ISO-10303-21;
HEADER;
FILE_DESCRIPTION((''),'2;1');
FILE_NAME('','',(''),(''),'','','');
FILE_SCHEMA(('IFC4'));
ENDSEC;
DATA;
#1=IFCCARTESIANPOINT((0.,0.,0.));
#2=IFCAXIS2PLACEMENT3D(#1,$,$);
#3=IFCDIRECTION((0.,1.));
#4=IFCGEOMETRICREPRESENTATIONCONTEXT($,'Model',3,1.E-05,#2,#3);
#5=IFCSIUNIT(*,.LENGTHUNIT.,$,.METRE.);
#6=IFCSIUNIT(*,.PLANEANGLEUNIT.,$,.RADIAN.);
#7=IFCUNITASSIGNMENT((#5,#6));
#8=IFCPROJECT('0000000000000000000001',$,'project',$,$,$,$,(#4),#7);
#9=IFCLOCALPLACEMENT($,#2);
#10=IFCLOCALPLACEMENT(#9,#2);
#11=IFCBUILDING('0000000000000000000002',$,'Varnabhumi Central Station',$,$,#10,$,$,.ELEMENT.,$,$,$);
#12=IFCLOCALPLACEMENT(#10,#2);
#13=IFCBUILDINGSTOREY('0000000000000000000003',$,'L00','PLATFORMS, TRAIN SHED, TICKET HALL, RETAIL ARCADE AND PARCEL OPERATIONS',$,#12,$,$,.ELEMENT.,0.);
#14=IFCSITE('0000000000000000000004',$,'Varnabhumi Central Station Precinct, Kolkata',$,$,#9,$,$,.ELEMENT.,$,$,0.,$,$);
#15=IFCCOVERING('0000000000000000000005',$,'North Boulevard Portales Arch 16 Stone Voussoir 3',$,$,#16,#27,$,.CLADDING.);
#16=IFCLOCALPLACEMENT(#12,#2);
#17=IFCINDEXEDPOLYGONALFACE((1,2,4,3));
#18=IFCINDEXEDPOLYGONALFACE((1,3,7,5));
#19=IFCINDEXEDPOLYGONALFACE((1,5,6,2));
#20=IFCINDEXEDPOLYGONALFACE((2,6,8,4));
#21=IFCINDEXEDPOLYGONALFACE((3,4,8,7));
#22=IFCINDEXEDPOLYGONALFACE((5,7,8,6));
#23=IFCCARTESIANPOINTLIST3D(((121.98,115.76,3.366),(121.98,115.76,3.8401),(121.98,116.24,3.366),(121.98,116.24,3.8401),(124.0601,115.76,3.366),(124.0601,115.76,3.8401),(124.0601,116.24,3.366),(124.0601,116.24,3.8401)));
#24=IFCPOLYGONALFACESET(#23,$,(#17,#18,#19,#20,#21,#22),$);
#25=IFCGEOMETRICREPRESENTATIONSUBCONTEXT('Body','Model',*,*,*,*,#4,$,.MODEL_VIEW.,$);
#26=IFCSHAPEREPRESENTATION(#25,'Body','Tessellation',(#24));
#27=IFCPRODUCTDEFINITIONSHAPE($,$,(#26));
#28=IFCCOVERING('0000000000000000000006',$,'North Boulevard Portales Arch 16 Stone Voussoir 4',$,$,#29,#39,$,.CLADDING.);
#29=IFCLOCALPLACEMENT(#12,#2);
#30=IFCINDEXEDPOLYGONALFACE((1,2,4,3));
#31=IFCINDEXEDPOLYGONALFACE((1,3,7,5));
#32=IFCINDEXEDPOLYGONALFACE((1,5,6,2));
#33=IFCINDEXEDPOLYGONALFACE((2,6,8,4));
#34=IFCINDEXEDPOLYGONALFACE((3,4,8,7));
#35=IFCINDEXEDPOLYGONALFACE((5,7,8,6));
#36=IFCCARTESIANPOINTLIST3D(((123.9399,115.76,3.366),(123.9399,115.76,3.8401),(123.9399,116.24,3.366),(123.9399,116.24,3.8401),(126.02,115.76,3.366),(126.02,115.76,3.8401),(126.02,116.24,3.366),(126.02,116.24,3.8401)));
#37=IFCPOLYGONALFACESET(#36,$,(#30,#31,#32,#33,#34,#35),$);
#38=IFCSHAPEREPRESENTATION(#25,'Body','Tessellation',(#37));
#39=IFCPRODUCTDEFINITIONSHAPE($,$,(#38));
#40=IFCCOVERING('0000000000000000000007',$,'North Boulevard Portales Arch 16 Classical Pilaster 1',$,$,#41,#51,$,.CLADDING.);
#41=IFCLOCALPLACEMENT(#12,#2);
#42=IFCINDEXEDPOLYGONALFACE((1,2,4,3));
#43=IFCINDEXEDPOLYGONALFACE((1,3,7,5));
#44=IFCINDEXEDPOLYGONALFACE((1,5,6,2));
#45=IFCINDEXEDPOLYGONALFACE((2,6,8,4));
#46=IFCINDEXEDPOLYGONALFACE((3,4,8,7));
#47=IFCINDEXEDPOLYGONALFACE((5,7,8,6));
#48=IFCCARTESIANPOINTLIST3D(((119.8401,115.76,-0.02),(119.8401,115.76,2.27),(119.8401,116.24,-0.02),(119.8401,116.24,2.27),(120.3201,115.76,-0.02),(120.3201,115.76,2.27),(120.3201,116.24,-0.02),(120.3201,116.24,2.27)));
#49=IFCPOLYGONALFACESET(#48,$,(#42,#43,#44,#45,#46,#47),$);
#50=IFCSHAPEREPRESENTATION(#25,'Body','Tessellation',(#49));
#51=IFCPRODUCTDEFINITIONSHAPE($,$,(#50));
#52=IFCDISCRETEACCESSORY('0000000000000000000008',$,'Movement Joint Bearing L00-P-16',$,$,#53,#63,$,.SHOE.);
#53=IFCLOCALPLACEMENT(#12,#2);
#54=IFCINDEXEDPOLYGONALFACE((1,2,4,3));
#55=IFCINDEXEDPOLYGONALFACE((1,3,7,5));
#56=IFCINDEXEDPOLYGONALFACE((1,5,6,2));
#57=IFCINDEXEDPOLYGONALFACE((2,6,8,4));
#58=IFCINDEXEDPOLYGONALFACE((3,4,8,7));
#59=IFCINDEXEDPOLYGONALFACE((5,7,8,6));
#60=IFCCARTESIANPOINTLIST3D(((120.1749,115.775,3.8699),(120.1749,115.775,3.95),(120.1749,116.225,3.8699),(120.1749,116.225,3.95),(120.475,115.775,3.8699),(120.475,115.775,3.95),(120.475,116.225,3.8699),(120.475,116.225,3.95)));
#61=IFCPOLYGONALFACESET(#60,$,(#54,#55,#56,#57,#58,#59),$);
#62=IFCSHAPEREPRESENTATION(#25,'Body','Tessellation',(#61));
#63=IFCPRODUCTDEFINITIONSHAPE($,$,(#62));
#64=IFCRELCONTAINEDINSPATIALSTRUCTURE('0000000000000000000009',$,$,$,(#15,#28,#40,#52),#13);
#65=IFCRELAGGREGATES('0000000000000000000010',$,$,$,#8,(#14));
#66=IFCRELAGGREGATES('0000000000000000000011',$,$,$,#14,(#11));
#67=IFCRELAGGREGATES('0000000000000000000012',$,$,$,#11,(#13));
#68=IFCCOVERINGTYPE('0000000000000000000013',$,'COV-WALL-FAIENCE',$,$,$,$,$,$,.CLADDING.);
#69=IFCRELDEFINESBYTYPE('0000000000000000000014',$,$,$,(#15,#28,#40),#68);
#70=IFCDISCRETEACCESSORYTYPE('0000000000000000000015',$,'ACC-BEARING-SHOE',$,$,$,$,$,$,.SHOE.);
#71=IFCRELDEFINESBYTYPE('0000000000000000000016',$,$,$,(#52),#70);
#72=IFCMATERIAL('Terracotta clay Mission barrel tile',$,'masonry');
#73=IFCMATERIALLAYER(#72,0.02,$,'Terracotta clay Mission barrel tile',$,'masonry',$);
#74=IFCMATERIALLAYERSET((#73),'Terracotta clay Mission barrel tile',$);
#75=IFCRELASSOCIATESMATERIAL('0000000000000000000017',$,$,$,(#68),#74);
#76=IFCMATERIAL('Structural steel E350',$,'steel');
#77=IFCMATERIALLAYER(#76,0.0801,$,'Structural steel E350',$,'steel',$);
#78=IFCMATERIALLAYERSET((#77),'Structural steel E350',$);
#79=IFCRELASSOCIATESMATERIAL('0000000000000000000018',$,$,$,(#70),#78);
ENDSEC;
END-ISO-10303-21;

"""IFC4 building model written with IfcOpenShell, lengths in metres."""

from ifc_helpers import new_model, si_unit, direction, frame, origin, origin_2d, place, context, subcontext, project, spatial, rectangle, extrude, material, layer, layer_set, type_object, element, save


model = new_model("IFC4")

# Units and contexts
model_context = context("Model", 3, precision=1e-05, world=origin(), true_north=direction((0.0, 1.0)))
body_context = subcontext(model_context, "Body", "Model", "MODEL_VIEW")
ifc_project = project(units=[si_unit("LENGTHUNIT", "METRE"), si_unit("PLANEANGLEUNIT", "RADIAN")], contexts=[model_context])

# Site, building, storey
site_placement = place(None, origin())
site = spatial("IfcSite", under=ifc_project, at=site_placement, Name="Varnabhumi Central Station Precinct, Kolkata", CompositionType="ELEMENT", RefElevation=0.0)
building_placement = place(site_placement, origin())
building = spatial("IfcBuilding", under=site, at=building_placement, Name="Varnabhumi Central Station", CompositionType="ELEMENT")
storey_placement = place(building_placement, origin())
storey = spatial("IfcBuildingStorey", under=building, at=storey_placement, Name="L00", Description="PLATFORMS, TRAIN SHED, TICKET HALL, RETAIL ARCADE AND PARCEL OPERATIONS", CompositionType="ELEMENT", Elevation=0.0)

# Shared definitions
ifc_material_1 = material(Name="Structural steel E350", Category="steel")

# Coverings
ifc_material_2 = material(Name="Terracotta clay Mission barrel tile", Category="masonry")
ifc_layer_1 = layer(ifc_material_2, 0.02, Name="Terracotta clay Mission barrel tile", Category="masonry")
ifc_layer_set_1 = layer_set([ifc_layer_1], Name="Terracotta clay Mission barrel tile")
covering_type = type_object("IfcCoveringType", Name="COV-WALL-FAIENCE", PredefinedType="CLADDING", material=ifc_layer_set_1)
for number, where, z_axis, x_axis, name in (
    (1, (123.02, 116.0, 3.366), (0.0, 0.0, 1.0), (1.0, 0.0, 0.0), "North Boulevard Portales Arch 16 Stone Voussoir 3"),
    (2, (124.98, 116.0, 3.366), (0.0, 0.0, 1.0), (1.0, 0.0, 0.0), "North Boulevard Portales Arch 16 Stone Voussoir 4"),
):
    element("IfcCovering", number, at=place(storey_placement, frame(where, z_axis=z_axis, x_axis=x_axis)), inside=storey, type_object=covering_type, Name=name, PredefinedType="CLADDING", context=body_context, shape_type="SweptSolid", body=[
        extrude(rectangle(XDim=2.0801, YDim=0.48, at=origin_2d()), origin(), (0.0, 0.0, 1.0), 0.4741),
    ])
covering_1_placement = place(storey_placement, frame((120.0801, 116.0, -0.02), z_axis=(0.0, 0.0, 1.0), x_axis=(1.0, 0.0, 0.0)))
element("IfcCovering", 3, at=covering_1_placement, inside=storey, type_object=covering_type, Name="North Boulevard Portales Arch 16 Classical Pilaster 1", PredefinedType="CLADDING", context=body_context, shape_type="SweptSolid", body=[
    extrude(rectangle(XDim=0.48, YDim=0.48, at=origin_2d()), origin(), (0.0, 0.0, 1.0), 2.29),
])

# Discrete accessory
ifc_layer_2 = layer(ifc_material_1, 0.0801, Name="Structural steel E350", Category="steel")
ifc_layer_set_2 = layer_set([ifc_layer_2], Name="Structural steel E350")
discrete_accessory_type = type_object("IfcDiscreteAccessoryType", Name="ACC-BEARING-SHOE", PredefinedType="SHOE", material=ifc_layer_set_2)
discrete_accessory_placement = place(storey_placement, frame((120.325, 116.0, 3.8699), z_axis=(0.0, 0.0, 1.0), x_axis=(1.0, 0.0, 0.0)))
element("IfcDiscreteAccessory", 4, at=discrete_accessory_placement, inside=storey, type_object=discrete_accessory_type, Name="Movement Joint Bearing L00-P-16", PredefinedType="SHOE", context=body_context, shape_type="SweptSolid", body=[
    extrude(rectangle(XDim=0.3, YDim=0.45, at=origin_2d()), origin(), (0.0, 0.0, 1.0), 0.0801),
])

save(model, "model.ifc")
